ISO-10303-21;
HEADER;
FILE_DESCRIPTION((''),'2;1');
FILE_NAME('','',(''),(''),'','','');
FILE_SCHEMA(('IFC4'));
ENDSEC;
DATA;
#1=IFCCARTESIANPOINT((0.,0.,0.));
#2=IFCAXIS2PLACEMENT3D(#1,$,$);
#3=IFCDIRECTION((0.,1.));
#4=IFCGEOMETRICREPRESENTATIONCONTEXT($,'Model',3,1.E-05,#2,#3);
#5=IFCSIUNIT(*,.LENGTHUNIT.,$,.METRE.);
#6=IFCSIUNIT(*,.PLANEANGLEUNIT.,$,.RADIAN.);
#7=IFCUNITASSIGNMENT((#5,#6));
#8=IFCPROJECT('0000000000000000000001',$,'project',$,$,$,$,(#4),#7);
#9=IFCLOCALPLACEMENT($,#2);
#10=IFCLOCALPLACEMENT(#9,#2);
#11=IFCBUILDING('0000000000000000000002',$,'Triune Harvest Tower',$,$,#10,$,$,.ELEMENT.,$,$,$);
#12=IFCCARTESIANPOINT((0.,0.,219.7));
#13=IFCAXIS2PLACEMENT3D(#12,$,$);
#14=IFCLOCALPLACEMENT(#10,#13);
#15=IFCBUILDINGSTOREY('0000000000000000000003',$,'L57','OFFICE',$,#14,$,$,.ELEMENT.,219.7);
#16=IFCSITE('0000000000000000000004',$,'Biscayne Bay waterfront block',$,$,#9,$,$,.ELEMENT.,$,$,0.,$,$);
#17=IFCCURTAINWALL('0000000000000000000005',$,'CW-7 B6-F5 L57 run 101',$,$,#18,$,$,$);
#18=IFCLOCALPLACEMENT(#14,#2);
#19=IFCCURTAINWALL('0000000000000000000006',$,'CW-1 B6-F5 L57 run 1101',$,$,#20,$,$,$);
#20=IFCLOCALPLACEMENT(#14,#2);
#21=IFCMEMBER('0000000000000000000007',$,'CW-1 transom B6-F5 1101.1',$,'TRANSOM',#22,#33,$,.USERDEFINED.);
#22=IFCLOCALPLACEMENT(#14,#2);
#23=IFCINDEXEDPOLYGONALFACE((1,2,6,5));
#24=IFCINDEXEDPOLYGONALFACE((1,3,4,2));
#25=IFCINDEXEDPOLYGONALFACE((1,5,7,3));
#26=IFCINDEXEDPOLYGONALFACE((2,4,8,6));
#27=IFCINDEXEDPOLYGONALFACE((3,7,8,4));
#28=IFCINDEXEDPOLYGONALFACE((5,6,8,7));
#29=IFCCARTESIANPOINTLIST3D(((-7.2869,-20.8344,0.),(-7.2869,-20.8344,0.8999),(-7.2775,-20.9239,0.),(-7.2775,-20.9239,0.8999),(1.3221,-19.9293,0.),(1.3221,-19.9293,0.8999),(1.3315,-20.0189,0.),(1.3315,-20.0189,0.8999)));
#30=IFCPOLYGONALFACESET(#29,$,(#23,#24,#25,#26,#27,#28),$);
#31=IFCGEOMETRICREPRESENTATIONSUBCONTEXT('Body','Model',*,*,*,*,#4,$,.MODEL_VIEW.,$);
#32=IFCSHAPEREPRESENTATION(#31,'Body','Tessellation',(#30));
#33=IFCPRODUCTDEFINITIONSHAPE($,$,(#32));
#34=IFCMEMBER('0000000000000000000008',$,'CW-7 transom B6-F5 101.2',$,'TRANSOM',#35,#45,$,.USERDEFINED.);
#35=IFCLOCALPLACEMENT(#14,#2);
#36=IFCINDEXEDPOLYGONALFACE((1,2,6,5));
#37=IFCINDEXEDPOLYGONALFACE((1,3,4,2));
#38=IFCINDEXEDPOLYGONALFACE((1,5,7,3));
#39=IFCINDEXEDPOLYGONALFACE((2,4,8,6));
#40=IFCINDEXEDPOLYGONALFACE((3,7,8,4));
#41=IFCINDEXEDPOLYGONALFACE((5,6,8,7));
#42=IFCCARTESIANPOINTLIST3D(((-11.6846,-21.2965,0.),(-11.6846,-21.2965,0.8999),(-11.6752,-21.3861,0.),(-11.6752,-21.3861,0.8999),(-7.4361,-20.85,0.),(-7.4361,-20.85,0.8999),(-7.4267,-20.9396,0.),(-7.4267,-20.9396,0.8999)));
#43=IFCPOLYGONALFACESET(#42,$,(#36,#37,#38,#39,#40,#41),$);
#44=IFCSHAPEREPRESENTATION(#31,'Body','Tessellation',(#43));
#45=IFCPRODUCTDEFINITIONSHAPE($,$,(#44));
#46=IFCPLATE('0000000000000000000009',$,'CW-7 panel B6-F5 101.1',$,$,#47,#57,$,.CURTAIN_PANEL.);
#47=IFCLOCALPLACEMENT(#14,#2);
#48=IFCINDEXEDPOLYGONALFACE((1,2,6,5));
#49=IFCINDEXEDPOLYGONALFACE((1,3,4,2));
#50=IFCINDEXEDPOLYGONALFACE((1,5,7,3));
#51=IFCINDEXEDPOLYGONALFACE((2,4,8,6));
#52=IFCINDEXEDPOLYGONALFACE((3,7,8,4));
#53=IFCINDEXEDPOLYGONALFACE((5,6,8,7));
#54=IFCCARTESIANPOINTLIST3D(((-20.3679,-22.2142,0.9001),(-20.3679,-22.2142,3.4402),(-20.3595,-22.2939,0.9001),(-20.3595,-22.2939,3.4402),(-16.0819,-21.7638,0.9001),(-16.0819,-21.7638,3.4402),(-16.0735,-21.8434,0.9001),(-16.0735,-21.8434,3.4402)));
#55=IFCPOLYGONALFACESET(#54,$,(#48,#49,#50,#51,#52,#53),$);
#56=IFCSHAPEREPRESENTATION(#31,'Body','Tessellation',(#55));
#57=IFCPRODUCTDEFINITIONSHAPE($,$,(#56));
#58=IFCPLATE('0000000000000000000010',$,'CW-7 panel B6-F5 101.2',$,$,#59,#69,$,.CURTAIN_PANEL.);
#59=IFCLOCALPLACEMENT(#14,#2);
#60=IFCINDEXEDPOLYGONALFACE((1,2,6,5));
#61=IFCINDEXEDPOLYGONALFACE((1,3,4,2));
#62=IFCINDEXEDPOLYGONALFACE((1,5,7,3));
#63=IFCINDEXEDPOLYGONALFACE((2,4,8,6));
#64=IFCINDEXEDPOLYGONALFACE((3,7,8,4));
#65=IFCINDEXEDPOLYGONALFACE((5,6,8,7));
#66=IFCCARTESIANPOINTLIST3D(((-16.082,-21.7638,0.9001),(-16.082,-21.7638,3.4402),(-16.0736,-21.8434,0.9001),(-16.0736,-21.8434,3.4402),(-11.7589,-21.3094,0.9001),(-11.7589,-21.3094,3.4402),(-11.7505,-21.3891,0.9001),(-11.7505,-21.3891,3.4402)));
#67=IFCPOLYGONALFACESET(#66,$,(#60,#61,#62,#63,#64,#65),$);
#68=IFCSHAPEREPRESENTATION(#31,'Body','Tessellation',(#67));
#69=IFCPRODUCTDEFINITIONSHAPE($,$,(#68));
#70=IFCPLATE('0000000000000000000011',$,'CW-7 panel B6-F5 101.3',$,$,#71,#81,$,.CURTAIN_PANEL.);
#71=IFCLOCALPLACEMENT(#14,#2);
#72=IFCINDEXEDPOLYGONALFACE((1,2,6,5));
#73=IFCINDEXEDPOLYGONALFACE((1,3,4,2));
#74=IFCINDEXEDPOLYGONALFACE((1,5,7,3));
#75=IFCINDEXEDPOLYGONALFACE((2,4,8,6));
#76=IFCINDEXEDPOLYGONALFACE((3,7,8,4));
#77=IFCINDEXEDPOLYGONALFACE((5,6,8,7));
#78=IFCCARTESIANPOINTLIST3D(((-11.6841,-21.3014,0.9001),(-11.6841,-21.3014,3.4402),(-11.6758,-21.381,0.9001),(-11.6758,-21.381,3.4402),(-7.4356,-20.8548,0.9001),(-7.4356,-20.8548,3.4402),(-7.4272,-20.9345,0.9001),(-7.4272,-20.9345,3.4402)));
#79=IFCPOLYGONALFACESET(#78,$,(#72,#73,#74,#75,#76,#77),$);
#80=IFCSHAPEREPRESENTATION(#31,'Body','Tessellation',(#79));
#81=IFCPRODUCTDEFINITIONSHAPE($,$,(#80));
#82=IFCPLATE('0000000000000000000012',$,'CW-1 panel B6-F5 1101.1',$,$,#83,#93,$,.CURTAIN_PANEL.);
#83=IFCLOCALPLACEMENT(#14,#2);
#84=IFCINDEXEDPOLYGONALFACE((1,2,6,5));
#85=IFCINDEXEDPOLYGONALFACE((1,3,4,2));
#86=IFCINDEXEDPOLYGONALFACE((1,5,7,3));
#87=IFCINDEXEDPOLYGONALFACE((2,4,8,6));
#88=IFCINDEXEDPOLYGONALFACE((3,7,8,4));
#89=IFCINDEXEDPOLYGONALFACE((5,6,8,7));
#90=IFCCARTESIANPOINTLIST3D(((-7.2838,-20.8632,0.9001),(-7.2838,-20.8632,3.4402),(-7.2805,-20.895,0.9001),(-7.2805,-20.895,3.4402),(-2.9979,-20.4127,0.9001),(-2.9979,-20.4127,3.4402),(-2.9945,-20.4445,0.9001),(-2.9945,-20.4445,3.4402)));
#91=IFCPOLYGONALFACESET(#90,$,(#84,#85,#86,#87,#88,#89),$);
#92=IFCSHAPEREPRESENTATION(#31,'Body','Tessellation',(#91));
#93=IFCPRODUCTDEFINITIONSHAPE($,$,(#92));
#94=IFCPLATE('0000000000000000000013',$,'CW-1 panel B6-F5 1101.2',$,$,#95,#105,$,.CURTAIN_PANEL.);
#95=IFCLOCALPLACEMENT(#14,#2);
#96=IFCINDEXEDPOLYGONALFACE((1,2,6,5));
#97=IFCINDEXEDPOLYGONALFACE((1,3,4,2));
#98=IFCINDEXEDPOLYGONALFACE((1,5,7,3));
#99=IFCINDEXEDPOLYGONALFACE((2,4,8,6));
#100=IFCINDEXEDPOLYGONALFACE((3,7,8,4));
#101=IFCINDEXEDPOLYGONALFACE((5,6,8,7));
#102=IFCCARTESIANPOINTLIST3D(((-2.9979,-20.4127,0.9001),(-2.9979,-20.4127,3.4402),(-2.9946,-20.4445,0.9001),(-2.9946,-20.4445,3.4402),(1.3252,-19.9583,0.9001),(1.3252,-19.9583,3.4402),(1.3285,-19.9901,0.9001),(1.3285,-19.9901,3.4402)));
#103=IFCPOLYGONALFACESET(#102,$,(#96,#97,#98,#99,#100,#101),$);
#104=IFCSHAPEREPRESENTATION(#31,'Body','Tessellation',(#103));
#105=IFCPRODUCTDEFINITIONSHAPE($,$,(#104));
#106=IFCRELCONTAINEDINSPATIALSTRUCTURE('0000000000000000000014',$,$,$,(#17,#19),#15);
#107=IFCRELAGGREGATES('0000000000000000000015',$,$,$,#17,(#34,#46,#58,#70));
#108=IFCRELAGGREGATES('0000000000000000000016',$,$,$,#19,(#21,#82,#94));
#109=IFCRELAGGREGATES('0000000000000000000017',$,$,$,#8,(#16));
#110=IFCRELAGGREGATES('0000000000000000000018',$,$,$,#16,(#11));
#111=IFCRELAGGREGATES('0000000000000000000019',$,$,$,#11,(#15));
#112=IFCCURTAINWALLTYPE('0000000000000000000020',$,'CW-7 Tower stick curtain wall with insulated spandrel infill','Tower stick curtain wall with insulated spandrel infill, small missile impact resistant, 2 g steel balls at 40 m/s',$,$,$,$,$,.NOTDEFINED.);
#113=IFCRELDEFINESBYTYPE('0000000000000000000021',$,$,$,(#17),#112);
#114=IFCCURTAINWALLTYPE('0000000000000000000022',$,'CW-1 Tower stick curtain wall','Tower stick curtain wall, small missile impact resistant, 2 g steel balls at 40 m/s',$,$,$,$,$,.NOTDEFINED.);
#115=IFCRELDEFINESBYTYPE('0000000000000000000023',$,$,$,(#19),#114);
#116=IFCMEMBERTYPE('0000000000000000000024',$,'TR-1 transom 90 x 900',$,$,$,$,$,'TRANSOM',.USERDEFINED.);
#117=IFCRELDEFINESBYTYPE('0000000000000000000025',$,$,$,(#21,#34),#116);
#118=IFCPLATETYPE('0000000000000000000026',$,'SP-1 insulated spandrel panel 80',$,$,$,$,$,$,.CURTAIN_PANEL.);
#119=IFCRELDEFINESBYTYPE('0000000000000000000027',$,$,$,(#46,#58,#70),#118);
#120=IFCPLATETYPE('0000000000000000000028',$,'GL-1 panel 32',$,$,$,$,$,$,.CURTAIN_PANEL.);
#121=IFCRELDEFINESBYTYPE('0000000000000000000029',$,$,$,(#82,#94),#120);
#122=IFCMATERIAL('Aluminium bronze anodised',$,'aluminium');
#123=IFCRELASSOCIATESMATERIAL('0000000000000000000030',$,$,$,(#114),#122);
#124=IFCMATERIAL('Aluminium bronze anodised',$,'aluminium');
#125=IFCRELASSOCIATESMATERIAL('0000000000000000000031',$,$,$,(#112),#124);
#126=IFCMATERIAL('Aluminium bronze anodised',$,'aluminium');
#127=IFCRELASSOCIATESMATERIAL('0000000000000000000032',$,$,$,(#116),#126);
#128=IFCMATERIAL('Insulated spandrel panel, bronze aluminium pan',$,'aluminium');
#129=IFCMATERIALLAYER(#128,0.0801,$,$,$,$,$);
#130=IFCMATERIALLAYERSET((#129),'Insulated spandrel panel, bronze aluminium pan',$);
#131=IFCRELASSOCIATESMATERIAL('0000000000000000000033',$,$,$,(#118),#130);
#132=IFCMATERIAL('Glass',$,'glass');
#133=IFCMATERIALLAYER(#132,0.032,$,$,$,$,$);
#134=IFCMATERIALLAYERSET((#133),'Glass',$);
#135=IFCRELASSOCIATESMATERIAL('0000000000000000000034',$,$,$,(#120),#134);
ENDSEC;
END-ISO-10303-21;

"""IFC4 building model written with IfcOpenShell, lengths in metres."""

from ifc_helpers import new_model, si_unit, direction, frame, origin, origin_2d, place, context, subcontext, project, spatial, rectangle, extrude, source, transform, mapped, material, layer, layer_set, material_profile, profile_set, type_object, element, aggregate, save


model = new_model("IFC4")

# Units and contexts
model_context = context("Model", 3, precision=1e-05, world=origin(), true_north=direction((0.0, 1.0)))
body_context = subcontext(model_context, "Body", "Model", "MODEL_VIEW")
ifc_project = project(units=[si_unit("LENGTHUNIT", "METRE"), si_unit("PLANEANGLEUNIT", "RADIAN")], contexts=[model_context])

# Site, building, storey
site_placement = place(None, origin())
site = spatial("IfcSite", under=ifc_project, at=site_placement, Name="Biscayne Bay waterfront block", CompositionType="ELEMENT", RefElevation=0.0)
building_placement = place(site_placement, origin())
building = spatial("IfcBuilding", under=site, at=building_placement, Name="Triune Harvest Tower", CompositionType="ELEMENT")
storey_placement = place(building_placement, frame((0.0, 0.0, 219.7)))
storey = spatial("IfcBuildingStorey", under=building, at=storey_placement, Name="L57", Description="OFFICE", CompositionType="ELEMENT", Elevation=219.7)

# Shared definitions
ifc_material_1 = material(Name="Aluminium bronze anodised", Category="aluminium")
curtain_wall_type_1 = type_object("IfcCurtainWallType", Name="CW-1 Tower stick curtain wall", Description="Tower stick curtain wall, small missile impact resistant, 2 g steel balls at 40 m/s", PredefinedType="NOTDEFINED", material=ifc_material_1)

# Curtain wall
ifc_material_2 = material(Name="Aluminium bronze anodised", Category="aluminium")
curtain_wall_type_2 = type_object("IfcCurtainWallType", Name="CW-7 Tower stick curtain wall with insulated spandrel infill", Description="Tower stick curtain wall with insulated spandrel infill, small missile impact resistant, 2 g steel balls at 40 m/s", PredefinedType="NOTDEFINED", material=ifc_material_2)
curtain_wall_1_placement = place(storey_placement, origin())
curtain_wall_1 = element("IfcCurtainWall", 1, at=curtain_wall_1_placement, inside=storey, type_object=curtain_wall_type_2, Name="CW-7 B6-F5 L57 run 101")

# Curtain wall
curtain_wall_2_placement = place(storey_placement, origin())
curtain_wall_2 = element("IfcCurtainWall", 2, at=curtain_wall_2_placement, inside=storey, type_object=curtain_wall_type_1, Name="CW-1 B6-F5 L57 run 1101")

# Members
ifc_material_3 = material(Name="Aluminium bronze anodised", Category="aluminium")
ifc_material_profile_1 = material_profile(ifc_material_3, rectangle(XDim=0.0901, YDim=0.8999, at=origin_2d()), Name="TR-1 transom 90 x 900")
ifc_profile_set_1 = profile_set([ifc_material_profile_1], Name="Aluminium bronze anodised")
member_type_1 = type_object("IfcMemberType", Name="TR-1 transom 90 x 900", ElementType="TRANSOM", PredefinedType="USERDEFINED", material=ifc_profile_set_1)
shared_shape_1 = source(origin(), body_context, "Body", "SweptSolid", [
    extrude(rectangle(XDim=0.0901, YDim=0.8999, at=origin_2d()), origin(), (0.0, 0.0, 1.0), 8.6565),
])
member_1_placement = place(storey_placement, frame((-7.2822, -20.8792, 0.45), z_axis=(0.99452, 0.104548, 0.0), x_axis=(-0.104548, 0.99452, 0.0)))
member_1 = element("IfcMember", 3, at=member_1_placement, type_object=member_type_1, Name="CW-1 transom B6-F5 1101.1", ObjectType="TRANSOM", PredefinedType="USERDEFINED", context=body_context, shape_type="MappedRepresentation", body=[
    mapped(shared_shape_1, transform((0.0, 0.0, 0.0), scale=1.0)),
])
shared_shape_2 = source(origin(), body_context, "Body", "SweptSolid", [
    extrude(rectangle(XDim=0.0901, YDim=0.8999, at=origin_2d()), origin(), (0.0, 0.0, 1.0), 4.272),
])
member_2_placement = place(storey_placement, frame((-11.6799, -21.3413, 0.45), z_axis=(0.994522, 0.104527, 0.0), x_axis=(-0.104527, 0.994522, 0.0)))
member_2 = element("IfcMember", 4, at=member_2_placement, type_object=member_type_1, Name="CW-7 transom B6-F5 101.2", ObjectType="TRANSOM", PredefinedType="USERDEFINED", context=body_context, shape_type="MappedRepresentation", body=[
    mapped(shared_shape_2, transform((0.0, 0.0, 0.0), scale=1.0)),
])

# Plates
ifc_material_4 = material(Name="Insulated spandrel panel, bronze aluminium pan", Category="aluminium")
ifc_layer_1 = layer(ifc_material_4, 0.0801)
ifc_layer_set_1 = layer_set([ifc_layer_1], Name="Insulated spandrel panel, bronze aluminium pan")
plate_type_1 = type_object("IfcPlateType", Name="SP-1 insulated spandrel panel 80", PredefinedType="CURTAIN_PANEL", material=ifc_layer_set_1)
shared_shape_3 = source(origin(), body_context, "Body", "SweptSolid", [
    extrude(rectangle(XDim=4.3096, YDim=0.0801, at=origin_2d()), origin(), (0.0, 0.0, 1.0), 2.54),
])
plate_1_placement = place(storey_placement, frame((-18.2207, -22.0288, 0.9001), z_axis=(0.0, 0.0, 1.0), x_axis=(0.994522, 0.104527, 0.0)))
plate_1 = element("IfcPlate", 5, at=plate_1_placement, type_object=plate_type_1, Name="CW-7 panel B6-F5 101.1", PredefinedType="CURTAIN_PANEL", context=body_context, shape_type="MappedRepresentation", body=[
    mapped(shared_shape_3, transform((0.0, 0.0, 0.0), scale=1.0)),
])
shared_shape_4 = source(origin(), body_context, "Body", "SweptSolid", [
    extrude(rectangle(XDim=4.3469, YDim=0.0801, at=origin_2d()), origin(), (0.0, 0.0, 1.0), 2.54),
])
plate_2_placement = place(storey_placement, frame((-13.9163, -21.5764, 0.9001), z_axis=(0.0, 0.0, 1.0), x_axis=(0.994522, 0.104527, 0.0)))
plate_2 = element("IfcPlate", 6, at=plate_2_placement, type_object=plate_type_1, Name="CW-7 panel B6-F5 101.2", PredefinedType="CURTAIN_PANEL", context=body_context, shape_type="MappedRepresentation", body=[
    mapped(shared_shape_4, transform((0.0, 0.0, 0.0), scale=1.0)),
])
shared_shape_5 = source(origin(), body_context, "Body", "SweptSolid", [
    extrude(rectangle(XDim=4.272, YDim=0.0801, at=origin_2d()), origin(), (0.0, 0.0, 1.0), 2.54),
])
plate_3_placement = place(storey_placement, frame((-9.5557, -21.1179, 0.9001), z_axis=(0.0, 0.0, 1.0), x_axis=(0.994522, 0.104527, 0.0)))
plate_3 = element("IfcPlate", 7, at=plate_3_placement, type_object=plate_type_1, Name="CW-7 panel B6-F5 101.3", PredefinedType="CURTAIN_PANEL", context=body_context, shape_type="MappedRepresentation", body=[
    mapped(shared_shape_5, transform((0.0, 0.0, 0.0), scale=1.0)),
])
aggregate(curtain_wall_1, [member_2, plate_1, plate_2, plate_3])
ifc_material_5 = material(Name="Glass", Category="glass")
ifc_layer_2 = layer(ifc_material_5, 0.032)
ifc_layer_set_2 = layer_set([ifc_layer_2], Name="Glass")
plate_type_2 = type_object("IfcPlateType", Name="GL-1 panel 32", PredefinedType="CURTAIN_PANEL", material=ifc_layer_set_2)
shared_shape_6 = source(origin(), body_context, "Body", "SweptSolid", [
    extrude(rectangle(XDim=4.3096, YDim=0.032, at=origin_2d()), origin(), (0.0, 0.0, 1.0), 2.54),
])
plate_4_placement = place(storey_placement, frame((-5.1392, -20.6538, 0.9001), z_axis=(0.0, 0.0, 1.0), x_axis=(0.994521, 0.104533, 0.0)))
plate_4 = element("IfcPlate", 8, at=plate_4_placement, type_object=plate_type_2, Name="CW-1 panel B6-F5 1101.1", PredefinedType="CURTAIN_PANEL", context=body_context, shape_type="MappedRepresentation", body=[
    mapped(shared_shape_6, transform((0.0, 0.0, 0.0), scale=1.0)),
])
shared_shape_7 = source(origin(), body_context, "Body", "SweptSolid", [
    extrude(rectangle(XDim=4.3469, YDim=0.032, at=origin_2d()), origin(), (0.0, 0.0, 1.0), 2.54),
])
plate_5_placement = place(storey_placement, frame((-0.8347, -20.2014, 0.9001), z_axis=(0.0, 0.0, 1.0), x_axis=(0.994521, 0.104533, 0.0)))
plate_5 = element("IfcPlate", 9, at=plate_5_placement, type_object=plate_type_2, Name="CW-1 panel B6-F5 1101.2", PredefinedType="CURTAIN_PANEL", context=body_context, shape_type="MappedRepresentation", body=[
    mapped(shared_shape_7, transform((0.0, 0.0, 0.0), scale=1.0)),
])
aggregate(curtain_wall_2, [member_1, plate_4, plate_5])

save(model, "model.ifc")
